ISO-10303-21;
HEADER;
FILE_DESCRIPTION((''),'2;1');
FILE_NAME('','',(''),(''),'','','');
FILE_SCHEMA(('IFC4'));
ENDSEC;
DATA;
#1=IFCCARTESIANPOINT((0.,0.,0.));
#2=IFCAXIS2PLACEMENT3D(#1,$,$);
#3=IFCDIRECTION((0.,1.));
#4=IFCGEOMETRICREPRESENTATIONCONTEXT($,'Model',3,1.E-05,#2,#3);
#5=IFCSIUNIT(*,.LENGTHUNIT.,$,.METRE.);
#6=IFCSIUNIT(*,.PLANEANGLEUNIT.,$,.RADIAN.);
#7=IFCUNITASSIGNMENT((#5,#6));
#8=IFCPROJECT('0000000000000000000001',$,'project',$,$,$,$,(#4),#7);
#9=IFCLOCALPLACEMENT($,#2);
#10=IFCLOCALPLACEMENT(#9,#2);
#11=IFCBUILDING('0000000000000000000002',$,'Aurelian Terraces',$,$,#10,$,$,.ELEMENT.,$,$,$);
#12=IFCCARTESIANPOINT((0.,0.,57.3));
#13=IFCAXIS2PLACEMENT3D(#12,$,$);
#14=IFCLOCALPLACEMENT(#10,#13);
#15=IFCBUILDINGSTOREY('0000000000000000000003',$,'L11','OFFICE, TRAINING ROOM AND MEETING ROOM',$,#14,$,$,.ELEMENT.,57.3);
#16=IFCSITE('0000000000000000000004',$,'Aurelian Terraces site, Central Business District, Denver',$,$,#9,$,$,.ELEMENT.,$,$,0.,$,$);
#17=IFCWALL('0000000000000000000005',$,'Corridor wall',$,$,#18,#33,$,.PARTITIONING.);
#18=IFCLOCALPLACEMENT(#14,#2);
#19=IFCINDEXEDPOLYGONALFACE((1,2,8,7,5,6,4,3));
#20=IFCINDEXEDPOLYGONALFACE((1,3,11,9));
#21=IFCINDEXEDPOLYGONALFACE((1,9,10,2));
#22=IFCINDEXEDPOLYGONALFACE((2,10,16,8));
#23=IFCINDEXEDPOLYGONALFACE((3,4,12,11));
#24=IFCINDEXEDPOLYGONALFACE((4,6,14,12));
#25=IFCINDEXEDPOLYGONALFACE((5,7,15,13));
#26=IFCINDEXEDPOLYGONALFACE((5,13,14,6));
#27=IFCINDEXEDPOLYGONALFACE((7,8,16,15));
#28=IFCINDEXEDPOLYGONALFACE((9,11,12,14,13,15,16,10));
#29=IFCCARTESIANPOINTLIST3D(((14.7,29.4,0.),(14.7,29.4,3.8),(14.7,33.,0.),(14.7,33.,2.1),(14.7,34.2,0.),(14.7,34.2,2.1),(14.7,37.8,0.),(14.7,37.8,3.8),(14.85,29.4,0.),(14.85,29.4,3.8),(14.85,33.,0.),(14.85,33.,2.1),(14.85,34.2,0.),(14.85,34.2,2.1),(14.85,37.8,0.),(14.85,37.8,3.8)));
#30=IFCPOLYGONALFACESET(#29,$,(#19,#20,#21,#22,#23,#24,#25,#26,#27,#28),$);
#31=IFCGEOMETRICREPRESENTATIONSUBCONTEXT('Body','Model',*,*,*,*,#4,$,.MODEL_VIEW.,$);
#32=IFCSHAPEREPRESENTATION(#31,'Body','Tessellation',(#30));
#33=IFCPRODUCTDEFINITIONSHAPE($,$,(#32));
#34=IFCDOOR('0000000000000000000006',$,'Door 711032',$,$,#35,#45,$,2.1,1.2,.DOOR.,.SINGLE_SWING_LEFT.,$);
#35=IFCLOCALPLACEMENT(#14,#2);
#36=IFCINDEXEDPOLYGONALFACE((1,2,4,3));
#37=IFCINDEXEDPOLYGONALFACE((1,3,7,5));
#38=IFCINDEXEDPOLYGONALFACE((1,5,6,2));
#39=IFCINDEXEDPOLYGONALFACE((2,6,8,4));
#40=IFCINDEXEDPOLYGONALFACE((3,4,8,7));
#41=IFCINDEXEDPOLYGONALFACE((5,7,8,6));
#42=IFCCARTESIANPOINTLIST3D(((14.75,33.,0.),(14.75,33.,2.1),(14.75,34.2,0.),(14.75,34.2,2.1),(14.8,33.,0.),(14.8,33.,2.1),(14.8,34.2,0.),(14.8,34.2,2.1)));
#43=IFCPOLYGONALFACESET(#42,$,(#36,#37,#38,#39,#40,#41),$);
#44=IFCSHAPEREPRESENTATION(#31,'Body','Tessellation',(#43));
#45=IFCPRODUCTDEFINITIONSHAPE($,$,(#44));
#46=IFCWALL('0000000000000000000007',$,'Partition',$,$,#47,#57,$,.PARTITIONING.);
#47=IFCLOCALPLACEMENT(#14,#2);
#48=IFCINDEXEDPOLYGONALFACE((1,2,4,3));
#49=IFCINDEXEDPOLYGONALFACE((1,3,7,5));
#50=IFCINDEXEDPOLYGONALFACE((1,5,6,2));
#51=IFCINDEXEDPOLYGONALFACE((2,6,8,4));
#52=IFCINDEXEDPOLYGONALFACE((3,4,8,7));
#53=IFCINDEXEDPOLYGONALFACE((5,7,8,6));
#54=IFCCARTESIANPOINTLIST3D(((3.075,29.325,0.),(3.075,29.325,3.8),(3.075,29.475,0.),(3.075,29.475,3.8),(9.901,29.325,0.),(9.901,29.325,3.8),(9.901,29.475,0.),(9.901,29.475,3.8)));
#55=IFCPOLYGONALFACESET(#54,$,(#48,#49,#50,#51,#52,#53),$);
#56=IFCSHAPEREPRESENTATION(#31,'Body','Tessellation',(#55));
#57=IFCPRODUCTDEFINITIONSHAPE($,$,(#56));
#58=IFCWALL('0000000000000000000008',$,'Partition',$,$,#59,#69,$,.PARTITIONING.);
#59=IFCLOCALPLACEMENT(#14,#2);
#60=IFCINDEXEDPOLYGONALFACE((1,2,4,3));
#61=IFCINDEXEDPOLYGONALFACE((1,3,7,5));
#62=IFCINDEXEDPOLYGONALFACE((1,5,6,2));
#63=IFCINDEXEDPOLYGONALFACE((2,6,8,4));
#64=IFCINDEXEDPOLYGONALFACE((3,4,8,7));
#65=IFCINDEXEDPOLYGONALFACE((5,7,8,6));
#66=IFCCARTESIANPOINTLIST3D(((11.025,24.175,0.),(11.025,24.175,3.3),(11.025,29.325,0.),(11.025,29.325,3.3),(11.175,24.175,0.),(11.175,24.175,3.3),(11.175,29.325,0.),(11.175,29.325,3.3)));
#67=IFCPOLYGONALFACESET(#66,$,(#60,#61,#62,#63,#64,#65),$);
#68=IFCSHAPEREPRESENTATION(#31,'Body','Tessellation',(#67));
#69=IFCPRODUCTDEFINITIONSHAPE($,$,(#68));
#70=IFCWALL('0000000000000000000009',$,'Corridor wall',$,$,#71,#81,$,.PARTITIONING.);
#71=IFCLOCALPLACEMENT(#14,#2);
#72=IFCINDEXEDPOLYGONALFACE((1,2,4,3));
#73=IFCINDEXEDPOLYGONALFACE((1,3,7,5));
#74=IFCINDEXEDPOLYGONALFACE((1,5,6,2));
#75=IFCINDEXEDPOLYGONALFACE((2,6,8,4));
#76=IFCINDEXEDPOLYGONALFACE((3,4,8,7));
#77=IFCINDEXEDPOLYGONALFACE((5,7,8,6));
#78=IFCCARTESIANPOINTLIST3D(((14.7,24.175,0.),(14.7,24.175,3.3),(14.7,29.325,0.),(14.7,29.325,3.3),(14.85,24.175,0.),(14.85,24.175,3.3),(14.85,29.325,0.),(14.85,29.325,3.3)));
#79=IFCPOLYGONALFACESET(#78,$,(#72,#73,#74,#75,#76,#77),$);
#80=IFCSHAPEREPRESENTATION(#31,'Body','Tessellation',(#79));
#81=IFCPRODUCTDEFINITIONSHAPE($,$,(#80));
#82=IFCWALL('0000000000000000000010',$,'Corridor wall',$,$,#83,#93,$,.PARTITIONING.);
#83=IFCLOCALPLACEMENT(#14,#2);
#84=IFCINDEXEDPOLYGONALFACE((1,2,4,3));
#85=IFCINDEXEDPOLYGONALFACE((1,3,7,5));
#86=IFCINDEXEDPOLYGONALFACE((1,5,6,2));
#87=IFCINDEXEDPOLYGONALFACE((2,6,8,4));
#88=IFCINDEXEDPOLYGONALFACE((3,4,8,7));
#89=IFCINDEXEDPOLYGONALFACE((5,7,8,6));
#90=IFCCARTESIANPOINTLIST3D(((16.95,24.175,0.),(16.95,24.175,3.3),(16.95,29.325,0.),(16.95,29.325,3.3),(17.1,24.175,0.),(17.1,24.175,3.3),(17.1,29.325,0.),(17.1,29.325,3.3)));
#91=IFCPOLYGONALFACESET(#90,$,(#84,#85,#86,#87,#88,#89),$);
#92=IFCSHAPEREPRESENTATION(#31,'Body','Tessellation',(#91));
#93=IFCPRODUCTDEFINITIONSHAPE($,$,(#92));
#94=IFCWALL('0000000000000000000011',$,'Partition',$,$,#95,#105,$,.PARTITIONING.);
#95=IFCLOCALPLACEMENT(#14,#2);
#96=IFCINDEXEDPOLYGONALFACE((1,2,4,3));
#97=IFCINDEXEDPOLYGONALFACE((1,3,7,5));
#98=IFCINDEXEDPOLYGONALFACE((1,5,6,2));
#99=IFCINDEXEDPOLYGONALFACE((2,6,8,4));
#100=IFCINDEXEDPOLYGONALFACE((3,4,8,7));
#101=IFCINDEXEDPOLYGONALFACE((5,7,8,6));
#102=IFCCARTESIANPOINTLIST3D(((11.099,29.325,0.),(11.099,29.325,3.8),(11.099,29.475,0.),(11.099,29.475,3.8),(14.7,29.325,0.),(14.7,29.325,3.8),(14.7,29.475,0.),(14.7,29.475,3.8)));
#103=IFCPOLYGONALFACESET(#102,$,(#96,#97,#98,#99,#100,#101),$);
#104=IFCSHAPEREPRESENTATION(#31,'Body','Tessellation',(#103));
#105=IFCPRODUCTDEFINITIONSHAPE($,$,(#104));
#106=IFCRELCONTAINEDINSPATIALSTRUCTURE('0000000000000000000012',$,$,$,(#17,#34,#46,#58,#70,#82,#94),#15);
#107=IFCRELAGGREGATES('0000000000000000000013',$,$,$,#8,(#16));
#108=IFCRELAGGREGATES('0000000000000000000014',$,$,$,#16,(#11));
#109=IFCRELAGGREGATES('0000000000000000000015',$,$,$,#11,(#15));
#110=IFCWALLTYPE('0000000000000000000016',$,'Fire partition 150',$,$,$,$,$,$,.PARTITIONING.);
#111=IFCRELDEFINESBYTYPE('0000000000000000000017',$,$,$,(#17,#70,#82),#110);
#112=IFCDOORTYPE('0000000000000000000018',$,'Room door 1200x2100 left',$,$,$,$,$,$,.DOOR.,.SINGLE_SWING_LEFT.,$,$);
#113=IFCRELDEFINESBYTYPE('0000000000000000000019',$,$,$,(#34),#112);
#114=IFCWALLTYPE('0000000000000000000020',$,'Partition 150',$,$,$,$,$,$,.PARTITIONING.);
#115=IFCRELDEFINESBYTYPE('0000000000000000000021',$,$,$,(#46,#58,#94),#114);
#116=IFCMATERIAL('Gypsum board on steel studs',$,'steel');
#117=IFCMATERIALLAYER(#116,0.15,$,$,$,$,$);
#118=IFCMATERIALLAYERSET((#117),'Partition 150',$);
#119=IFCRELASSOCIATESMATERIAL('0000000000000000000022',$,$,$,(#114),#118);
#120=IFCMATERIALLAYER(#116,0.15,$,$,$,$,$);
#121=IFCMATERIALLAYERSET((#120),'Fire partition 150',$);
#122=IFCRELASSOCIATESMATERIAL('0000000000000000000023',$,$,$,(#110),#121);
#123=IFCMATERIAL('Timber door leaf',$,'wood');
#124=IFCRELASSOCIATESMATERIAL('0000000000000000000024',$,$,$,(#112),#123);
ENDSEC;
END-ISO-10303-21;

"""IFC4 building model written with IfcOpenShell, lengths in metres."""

from ifc_helpers import new_model, si_unit, direction, frame, frame_2d, origin, place, context, subcontext, project, spatial, rectangle, extrude, source, transform, mapped, material, layer, layer_set, type_object, element, fill, save


model = new_model("IFC4")

# Units and contexts
model_context = context("Model", 3, precision=1e-05, world=origin(), true_north=direction((0.0, 1.0)))
body_context = subcontext(model_context, "Body", "Model", "MODEL_VIEW")
ifc_project = project(units=[si_unit("LENGTHUNIT", "METRE"), si_unit("PLANEANGLEUNIT", "RADIAN")], contexts=[model_context])

# Site, building, storey
site_placement = place(None, origin())
site = spatial("IfcSite", under=ifc_project, at=site_placement, Name="Aurelian Terraces site, Central Business District, Denver", CompositionType="ELEMENT", RefElevation=0.0)
building_placement = place(site_placement, origin())
building = spatial("IfcBuilding", under=site, at=building_placement, Name="Aurelian Terraces", CompositionType="ELEMENT")
storey_placement = place(building_placement, frame((0.0, 0.0, 57.3)))
storey = spatial("IfcBuildingStorey", under=building, at=storey_placement, Name="L11", Description="OFFICE, TRAINING ROOM AND MEETING ROOM", CompositionType="ELEMENT", Elevation=57.3)

# Shared definitions
ifc_material_1 = material(Name="Gypsum board on steel studs", Category="steel")
ifc_layer_1 = layer(ifc_material_1, 0.15)
ifc_layer_set_1 = layer_set([ifc_layer_1], Name="Partition 150")
wall_type_1 = type_object("IfcWallType", Name="Partition 150", PredefinedType="PARTITIONING", material=ifc_layer_set_1)
ifc_material_2 = material(Name="Timber door leaf", Category="wood")

# Shared definitions
shared_shape_1 = source(origin(), body_context, "Body", "SweptSolid", [
    extrude(rectangle(XDim=1.2, YDim=2.1, at=frame_2d((0.6, 1.05))), frame((0.0, 0.025, 0.0), z_axis=(0.0, -1.0, 0.0), x_axis=(1.0, 0.0, 0.0)), (0.0, 0.0, 1.0), 0.05),
])

# Shared definitions
shared_shape_2 = source(origin(), body_context, "Body", "SweptSolid", [
    extrude(rectangle(XDim=8.4, YDim=0.15, at=frame_2d((4.2, 0.0))), origin(), (0.0, 0.0, 1.0), 3.8),
])

# Wall, opening, door
ifc_layer_2 = layer(ifc_material_1, 0.15)
ifc_layer_set_2 = layer_set([ifc_layer_2], Name="Fire partition 150")
wall_type_2 = type_object("IfcWallType", Name="Fire partition 150", PredefinedType="PARTITIONING", material=ifc_layer_set_2)
wall_1_placement = place(storey_placement, frame((14.775, 29.4, 0.0), z_axis=(0.0, 0.0, 1.0), x_axis=(0.0, 1.0, 0.0)))
wall_1 = element("IfcWall", 1, at=wall_1_placement, inside=storey, type_object=wall_type_2, Name="Corridor wall", PredefinedType="PARTITIONING", context=body_context, shape_type="MappedRepresentation", body=[
    mapped(shared_shape_2, transform((0.0, 0.0, 0.0), scale=1.0)),
])
shared_shape_3 = source(origin(), body_context, "Body", "SweptSolid", [
    extrude(rectangle(XDim=1.2, YDim=2.1, at=frame_2d((0.6, 1.05))), frame((0.0, 0.085, 0.0), z_axis=(0.0, -1.0, 0.0), x_axis=(1.0, 0.0, 0.0)), (0.0, 0.0, 1.0), 0.17),
])
opening_1_placement = place(wall_1_placement, frame((3.6, 0.0, 0.0)))
opening_1 = element("IfcOpeningElement", 2, at=opening_1_placement, cuts=wall_1, PredefinedType="OPENING", context=body_context, shape_type="MappedRepresentation", body=[
    mapped(shared_shape_3, transform((0.0, 0.0, 0.0), scale=1.0)),
])
door_type_1 = type_object("IfcDoorType", Name="Room door 1200x2100 left", OperationType="SINGLE_SWING_LEFT", PredefinedType="DOOR", material=ifc_material_2)
door_1_placement = place(opening_1_placement, origin())
door_1 = element("IfcDoor", 3, at=door_1_placement, inside=storey, type_object=door_type_1, Name="Door 711032", OperationType="SINGLE_SWING_LEFT", OverallHeight=2.1, OverallWidth=1.2, PredefinedType="DOOR", context=body_context, shape_type="MappedRepresentation", body=[
    mapped(shared_shape_1, transform((0.0, 0.0, 0.0), scale=1.0)),
])
fill(opening_1, door_1)

# Walls
shared_shape_4 = source(origin(), body_context, "Body", "SweptSolid", [
    extrude(rectangle(XDim=6.826, YDim=0.15, at=frame_2d((3.413, 0.0))), origin(), (0.0, 0.0, 1.0), 3.8),
])
wall_2_placement = place(storey_placement, frame((9.901, 29.4, 0.0), z_axis=(0.0, 0.0, 1.0), x_axis=(-1.0, 0.0, 0.0)))
element("IfcWall", 4, at=wall_2_placement, inside=storey, type_object=wall_type_1, Name="Partition", PredefinedType="PARTITIONING", context=body_context, shape_type="MappedRepresentation", body=[
    mapped(shared_shape_4, transform((0.0, 0.0, 0.0), scale=1.0)),
])
shared_shape_5 = source(origin(), body_context, "Body", "SweptSolid", [
    extrude(rectangle(XDim=5.15, YDim=0.15, at=frame_2d((2.575, 0.0))), origin(), (0.0, 0.0, 1.0), 3.3),
])
wall_3_placement = place(storey_placement, frame((11.1, 24.175, 0.0), z_axis=(0.0, 0.0, 1.0), x_axis=(0.0, 1.0, 0.0)))
element("IfcWall", 5, at=wall_3_placement, inside=storey, type_object=wall_type_1, Name="Partition", PredefinedType="PARTITIONING", context=body_context, shape_type="MappedRepresentation", body=[
    mapped(shared_shape_5, transform((0.0, 0.0, 0.0), scale=1.0)),
])
for number, where, z_axis, x_axis, name in (
    (6, (14.775, 24.175, 0.0), (0.0, 0.0, 1.0), (0.0, 1.0, 0.0), "Corridor wall"),
    (7, (17.025, 29.325, 0.0), (0.0, 0.0, 1.0), (0.0, -1.0, 0.0), "Corridor wall"),
):
    element("IfcWall", number, at=place(storey_placement, frame(where, z_axis=z_axis, x_axis=x_axis)), inside=storey, type_object=wall_type_2, Name=name, PredefinedType="PARTITIONING", context=body_context, shape_type="MappedRepresentation", body=[
        mapped(shared_shape_5, transform((0.0, 0.0, 0.0), scale=1.0)),
    ])
shared_shape_6 = source(origin(), body_context, "Body", "SweptSolid", [
    extrude(rectangle(XDim=3.601, YDim=0.15, at=frame_2d((1.8005, 0.0))), origin(), (0.0, 0.0, 1.0), 3.8),
])
wall_4_placement = place(storey_placement, frame((14.7, 29.4, 0.0), z_axis=(0.0, 0.0, 1.0), x_axis=(-1.0, 0.0, 0.0)))
element("IfcWall", 8, at=wall_4_placement, inside=storey, type_object=wall_type_1, Name="Partition", PredefinedType="PARTITIONING", context=body_context, shape_type="MappedRepresentation", body=[
    mapped(shared_shape_6, transform((0.0, 0.0, 0.0), scale=1.0)),
])

save(model, "model.ifc")
